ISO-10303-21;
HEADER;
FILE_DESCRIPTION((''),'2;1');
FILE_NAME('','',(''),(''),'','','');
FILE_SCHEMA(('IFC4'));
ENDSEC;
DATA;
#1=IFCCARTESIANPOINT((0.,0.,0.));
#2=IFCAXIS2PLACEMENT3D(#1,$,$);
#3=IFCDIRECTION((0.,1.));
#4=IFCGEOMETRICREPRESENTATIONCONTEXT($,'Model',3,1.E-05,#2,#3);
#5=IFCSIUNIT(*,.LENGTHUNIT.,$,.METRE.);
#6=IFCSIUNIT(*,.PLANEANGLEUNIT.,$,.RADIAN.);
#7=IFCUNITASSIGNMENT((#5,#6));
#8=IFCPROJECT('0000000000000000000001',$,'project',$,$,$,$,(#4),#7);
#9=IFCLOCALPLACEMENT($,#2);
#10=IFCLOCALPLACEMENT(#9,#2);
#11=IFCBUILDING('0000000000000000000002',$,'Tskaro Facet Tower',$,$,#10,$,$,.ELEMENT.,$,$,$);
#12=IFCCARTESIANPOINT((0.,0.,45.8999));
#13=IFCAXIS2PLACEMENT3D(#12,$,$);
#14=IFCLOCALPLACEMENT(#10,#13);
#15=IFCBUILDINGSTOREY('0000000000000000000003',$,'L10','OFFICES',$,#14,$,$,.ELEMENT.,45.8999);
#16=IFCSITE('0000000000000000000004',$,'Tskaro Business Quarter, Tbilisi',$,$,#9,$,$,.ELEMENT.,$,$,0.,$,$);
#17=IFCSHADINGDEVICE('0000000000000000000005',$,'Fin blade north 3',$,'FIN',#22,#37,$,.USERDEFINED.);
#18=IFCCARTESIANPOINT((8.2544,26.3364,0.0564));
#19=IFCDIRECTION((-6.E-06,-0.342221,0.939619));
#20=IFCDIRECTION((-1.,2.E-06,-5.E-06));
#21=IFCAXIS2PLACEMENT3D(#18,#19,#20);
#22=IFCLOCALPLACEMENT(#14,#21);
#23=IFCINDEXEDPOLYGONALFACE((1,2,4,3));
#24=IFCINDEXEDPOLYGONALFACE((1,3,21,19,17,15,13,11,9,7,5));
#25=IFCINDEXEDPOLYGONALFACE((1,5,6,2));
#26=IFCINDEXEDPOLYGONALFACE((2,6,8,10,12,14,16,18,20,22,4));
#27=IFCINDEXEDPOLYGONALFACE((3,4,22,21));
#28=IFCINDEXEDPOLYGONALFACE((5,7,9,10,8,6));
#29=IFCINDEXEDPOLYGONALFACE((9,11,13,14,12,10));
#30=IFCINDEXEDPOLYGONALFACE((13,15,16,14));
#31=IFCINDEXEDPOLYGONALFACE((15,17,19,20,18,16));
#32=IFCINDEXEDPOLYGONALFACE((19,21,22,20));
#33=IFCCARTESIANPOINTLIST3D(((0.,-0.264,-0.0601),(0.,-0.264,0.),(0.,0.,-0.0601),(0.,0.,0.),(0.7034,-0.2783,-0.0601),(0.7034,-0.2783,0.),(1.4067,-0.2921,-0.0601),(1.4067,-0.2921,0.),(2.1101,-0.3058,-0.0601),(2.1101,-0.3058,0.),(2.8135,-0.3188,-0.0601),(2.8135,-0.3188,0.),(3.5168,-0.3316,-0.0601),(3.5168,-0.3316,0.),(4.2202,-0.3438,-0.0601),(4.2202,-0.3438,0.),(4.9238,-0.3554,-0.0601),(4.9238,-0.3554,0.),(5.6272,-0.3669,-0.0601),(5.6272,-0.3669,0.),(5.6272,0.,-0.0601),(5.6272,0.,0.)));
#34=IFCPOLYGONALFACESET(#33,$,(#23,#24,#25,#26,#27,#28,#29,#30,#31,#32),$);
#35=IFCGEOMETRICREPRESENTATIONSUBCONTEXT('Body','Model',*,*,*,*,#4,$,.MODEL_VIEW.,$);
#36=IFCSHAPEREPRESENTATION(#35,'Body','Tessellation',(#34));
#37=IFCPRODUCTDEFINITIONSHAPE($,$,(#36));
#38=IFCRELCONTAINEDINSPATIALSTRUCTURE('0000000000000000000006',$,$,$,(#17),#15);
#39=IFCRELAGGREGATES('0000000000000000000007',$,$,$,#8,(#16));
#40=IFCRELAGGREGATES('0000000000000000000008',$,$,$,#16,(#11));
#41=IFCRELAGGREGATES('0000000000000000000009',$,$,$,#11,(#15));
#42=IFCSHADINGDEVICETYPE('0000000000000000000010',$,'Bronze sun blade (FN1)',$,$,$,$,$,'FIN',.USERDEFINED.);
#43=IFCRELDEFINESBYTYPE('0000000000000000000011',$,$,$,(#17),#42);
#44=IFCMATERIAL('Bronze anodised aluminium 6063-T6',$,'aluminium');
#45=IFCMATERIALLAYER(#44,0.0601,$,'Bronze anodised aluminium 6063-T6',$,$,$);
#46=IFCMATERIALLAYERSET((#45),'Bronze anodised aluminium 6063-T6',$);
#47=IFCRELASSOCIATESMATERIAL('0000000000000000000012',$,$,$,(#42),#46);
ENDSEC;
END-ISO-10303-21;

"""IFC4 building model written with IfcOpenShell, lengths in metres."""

from ifc_helpers import new_model, si_unit, direction, frame, origin, place, context, subcontext, project, spatial, polyline, outline, extrude, material, layer, layer_set, type_object, element, save


model = new_model("IFC4")

# Units and contexts
model_context = context("Model", 3, precision=1e-05, world=origin(), true_north=direction((0.0, 1.0)))
body_context = subcontext(model_context, "Body", "Model", "MODEL_VIEW")
ifc_project = project(units=[si_unit("LENGTHUNIT", "METRE"), si_unit("PLANEANGLEUNIT", "RADIAN")], contexts=[model_context])

# Site, building, storey
site_placement = place(None, origin())
site = spatial("IfcSite", under=ifc_project, at=site_placement, Name="Tskaro Business Quarter, Tbilisi", CompositionType="ELEMENT", RefElevation=0.0)
building_placement = place(site_placement, origin())
building = spatial("IfcBuilding", under=site, at=building_placement, Name="Tskaro Facet Tower", CompositionType="ELEMENT")
storey_placement = place(building_placement, frame((0.0, 0.0, 45.8999)))
storey = spatial("IfcBuildingStorey", under=building, at=storey_placement, Name="L10", Description="OFFICES", CompositionType="ELEMENT", Elevation=45.8999)

# Shared definitions
ifc_material_1 = material(Name="Bronze anodised aluminium 6063-T6", Category="aluminium")

# Shading device
ifc_layer_1 = layer(ifc_material_1, 0.0601, Name="Bronze anodised aluminium 6063-T6")
ifc_layer_set_1 = layer_set([ifc_layer_1], Name="Bronze anodised aluminium 6063-T6")
shading_device_type = type_object("IfcShadingDeviceType", Name="Bronze sun blade (FN1)", ElementType="FIN", PredefinedType="USERDEFINED", material=ifc_layer_set_1)
shading_device_1_placement = place(storey_placement, frame((8.2544, 26.3364, 0.0564), z_axis=(-0.000006, -0.342221, 0.939619), x_axis=(-1.0, 0.000002, -0.000005)))
element("IfcShadingDevice", 1, at=shading_device_1_placement, inside=storey, type_object=shading_device_type, Name="Fin blade north 3", ObjectType="FIN", PredefinedType="USERDEFINED", context=body_context, shape_type="SweptSolid", body=[
    extrude(outline(polyline([(0.0, 0.0), (5.6272, 0.0), (5.6272, -0.3669), (4.9238, -0.3554), (4.2202, -0.3438), (3.5168, -0.3316), (2.8135, -0.3188), (2.1101, -0.3058), (1.4067, -0.2921), (0.7034, -0.2783), (0.0, -0.264), (0.0, 0.0)])), origin(), (0.0, 0.0, -1.0), 0.0601),
])

save(model, "model.ifc")
